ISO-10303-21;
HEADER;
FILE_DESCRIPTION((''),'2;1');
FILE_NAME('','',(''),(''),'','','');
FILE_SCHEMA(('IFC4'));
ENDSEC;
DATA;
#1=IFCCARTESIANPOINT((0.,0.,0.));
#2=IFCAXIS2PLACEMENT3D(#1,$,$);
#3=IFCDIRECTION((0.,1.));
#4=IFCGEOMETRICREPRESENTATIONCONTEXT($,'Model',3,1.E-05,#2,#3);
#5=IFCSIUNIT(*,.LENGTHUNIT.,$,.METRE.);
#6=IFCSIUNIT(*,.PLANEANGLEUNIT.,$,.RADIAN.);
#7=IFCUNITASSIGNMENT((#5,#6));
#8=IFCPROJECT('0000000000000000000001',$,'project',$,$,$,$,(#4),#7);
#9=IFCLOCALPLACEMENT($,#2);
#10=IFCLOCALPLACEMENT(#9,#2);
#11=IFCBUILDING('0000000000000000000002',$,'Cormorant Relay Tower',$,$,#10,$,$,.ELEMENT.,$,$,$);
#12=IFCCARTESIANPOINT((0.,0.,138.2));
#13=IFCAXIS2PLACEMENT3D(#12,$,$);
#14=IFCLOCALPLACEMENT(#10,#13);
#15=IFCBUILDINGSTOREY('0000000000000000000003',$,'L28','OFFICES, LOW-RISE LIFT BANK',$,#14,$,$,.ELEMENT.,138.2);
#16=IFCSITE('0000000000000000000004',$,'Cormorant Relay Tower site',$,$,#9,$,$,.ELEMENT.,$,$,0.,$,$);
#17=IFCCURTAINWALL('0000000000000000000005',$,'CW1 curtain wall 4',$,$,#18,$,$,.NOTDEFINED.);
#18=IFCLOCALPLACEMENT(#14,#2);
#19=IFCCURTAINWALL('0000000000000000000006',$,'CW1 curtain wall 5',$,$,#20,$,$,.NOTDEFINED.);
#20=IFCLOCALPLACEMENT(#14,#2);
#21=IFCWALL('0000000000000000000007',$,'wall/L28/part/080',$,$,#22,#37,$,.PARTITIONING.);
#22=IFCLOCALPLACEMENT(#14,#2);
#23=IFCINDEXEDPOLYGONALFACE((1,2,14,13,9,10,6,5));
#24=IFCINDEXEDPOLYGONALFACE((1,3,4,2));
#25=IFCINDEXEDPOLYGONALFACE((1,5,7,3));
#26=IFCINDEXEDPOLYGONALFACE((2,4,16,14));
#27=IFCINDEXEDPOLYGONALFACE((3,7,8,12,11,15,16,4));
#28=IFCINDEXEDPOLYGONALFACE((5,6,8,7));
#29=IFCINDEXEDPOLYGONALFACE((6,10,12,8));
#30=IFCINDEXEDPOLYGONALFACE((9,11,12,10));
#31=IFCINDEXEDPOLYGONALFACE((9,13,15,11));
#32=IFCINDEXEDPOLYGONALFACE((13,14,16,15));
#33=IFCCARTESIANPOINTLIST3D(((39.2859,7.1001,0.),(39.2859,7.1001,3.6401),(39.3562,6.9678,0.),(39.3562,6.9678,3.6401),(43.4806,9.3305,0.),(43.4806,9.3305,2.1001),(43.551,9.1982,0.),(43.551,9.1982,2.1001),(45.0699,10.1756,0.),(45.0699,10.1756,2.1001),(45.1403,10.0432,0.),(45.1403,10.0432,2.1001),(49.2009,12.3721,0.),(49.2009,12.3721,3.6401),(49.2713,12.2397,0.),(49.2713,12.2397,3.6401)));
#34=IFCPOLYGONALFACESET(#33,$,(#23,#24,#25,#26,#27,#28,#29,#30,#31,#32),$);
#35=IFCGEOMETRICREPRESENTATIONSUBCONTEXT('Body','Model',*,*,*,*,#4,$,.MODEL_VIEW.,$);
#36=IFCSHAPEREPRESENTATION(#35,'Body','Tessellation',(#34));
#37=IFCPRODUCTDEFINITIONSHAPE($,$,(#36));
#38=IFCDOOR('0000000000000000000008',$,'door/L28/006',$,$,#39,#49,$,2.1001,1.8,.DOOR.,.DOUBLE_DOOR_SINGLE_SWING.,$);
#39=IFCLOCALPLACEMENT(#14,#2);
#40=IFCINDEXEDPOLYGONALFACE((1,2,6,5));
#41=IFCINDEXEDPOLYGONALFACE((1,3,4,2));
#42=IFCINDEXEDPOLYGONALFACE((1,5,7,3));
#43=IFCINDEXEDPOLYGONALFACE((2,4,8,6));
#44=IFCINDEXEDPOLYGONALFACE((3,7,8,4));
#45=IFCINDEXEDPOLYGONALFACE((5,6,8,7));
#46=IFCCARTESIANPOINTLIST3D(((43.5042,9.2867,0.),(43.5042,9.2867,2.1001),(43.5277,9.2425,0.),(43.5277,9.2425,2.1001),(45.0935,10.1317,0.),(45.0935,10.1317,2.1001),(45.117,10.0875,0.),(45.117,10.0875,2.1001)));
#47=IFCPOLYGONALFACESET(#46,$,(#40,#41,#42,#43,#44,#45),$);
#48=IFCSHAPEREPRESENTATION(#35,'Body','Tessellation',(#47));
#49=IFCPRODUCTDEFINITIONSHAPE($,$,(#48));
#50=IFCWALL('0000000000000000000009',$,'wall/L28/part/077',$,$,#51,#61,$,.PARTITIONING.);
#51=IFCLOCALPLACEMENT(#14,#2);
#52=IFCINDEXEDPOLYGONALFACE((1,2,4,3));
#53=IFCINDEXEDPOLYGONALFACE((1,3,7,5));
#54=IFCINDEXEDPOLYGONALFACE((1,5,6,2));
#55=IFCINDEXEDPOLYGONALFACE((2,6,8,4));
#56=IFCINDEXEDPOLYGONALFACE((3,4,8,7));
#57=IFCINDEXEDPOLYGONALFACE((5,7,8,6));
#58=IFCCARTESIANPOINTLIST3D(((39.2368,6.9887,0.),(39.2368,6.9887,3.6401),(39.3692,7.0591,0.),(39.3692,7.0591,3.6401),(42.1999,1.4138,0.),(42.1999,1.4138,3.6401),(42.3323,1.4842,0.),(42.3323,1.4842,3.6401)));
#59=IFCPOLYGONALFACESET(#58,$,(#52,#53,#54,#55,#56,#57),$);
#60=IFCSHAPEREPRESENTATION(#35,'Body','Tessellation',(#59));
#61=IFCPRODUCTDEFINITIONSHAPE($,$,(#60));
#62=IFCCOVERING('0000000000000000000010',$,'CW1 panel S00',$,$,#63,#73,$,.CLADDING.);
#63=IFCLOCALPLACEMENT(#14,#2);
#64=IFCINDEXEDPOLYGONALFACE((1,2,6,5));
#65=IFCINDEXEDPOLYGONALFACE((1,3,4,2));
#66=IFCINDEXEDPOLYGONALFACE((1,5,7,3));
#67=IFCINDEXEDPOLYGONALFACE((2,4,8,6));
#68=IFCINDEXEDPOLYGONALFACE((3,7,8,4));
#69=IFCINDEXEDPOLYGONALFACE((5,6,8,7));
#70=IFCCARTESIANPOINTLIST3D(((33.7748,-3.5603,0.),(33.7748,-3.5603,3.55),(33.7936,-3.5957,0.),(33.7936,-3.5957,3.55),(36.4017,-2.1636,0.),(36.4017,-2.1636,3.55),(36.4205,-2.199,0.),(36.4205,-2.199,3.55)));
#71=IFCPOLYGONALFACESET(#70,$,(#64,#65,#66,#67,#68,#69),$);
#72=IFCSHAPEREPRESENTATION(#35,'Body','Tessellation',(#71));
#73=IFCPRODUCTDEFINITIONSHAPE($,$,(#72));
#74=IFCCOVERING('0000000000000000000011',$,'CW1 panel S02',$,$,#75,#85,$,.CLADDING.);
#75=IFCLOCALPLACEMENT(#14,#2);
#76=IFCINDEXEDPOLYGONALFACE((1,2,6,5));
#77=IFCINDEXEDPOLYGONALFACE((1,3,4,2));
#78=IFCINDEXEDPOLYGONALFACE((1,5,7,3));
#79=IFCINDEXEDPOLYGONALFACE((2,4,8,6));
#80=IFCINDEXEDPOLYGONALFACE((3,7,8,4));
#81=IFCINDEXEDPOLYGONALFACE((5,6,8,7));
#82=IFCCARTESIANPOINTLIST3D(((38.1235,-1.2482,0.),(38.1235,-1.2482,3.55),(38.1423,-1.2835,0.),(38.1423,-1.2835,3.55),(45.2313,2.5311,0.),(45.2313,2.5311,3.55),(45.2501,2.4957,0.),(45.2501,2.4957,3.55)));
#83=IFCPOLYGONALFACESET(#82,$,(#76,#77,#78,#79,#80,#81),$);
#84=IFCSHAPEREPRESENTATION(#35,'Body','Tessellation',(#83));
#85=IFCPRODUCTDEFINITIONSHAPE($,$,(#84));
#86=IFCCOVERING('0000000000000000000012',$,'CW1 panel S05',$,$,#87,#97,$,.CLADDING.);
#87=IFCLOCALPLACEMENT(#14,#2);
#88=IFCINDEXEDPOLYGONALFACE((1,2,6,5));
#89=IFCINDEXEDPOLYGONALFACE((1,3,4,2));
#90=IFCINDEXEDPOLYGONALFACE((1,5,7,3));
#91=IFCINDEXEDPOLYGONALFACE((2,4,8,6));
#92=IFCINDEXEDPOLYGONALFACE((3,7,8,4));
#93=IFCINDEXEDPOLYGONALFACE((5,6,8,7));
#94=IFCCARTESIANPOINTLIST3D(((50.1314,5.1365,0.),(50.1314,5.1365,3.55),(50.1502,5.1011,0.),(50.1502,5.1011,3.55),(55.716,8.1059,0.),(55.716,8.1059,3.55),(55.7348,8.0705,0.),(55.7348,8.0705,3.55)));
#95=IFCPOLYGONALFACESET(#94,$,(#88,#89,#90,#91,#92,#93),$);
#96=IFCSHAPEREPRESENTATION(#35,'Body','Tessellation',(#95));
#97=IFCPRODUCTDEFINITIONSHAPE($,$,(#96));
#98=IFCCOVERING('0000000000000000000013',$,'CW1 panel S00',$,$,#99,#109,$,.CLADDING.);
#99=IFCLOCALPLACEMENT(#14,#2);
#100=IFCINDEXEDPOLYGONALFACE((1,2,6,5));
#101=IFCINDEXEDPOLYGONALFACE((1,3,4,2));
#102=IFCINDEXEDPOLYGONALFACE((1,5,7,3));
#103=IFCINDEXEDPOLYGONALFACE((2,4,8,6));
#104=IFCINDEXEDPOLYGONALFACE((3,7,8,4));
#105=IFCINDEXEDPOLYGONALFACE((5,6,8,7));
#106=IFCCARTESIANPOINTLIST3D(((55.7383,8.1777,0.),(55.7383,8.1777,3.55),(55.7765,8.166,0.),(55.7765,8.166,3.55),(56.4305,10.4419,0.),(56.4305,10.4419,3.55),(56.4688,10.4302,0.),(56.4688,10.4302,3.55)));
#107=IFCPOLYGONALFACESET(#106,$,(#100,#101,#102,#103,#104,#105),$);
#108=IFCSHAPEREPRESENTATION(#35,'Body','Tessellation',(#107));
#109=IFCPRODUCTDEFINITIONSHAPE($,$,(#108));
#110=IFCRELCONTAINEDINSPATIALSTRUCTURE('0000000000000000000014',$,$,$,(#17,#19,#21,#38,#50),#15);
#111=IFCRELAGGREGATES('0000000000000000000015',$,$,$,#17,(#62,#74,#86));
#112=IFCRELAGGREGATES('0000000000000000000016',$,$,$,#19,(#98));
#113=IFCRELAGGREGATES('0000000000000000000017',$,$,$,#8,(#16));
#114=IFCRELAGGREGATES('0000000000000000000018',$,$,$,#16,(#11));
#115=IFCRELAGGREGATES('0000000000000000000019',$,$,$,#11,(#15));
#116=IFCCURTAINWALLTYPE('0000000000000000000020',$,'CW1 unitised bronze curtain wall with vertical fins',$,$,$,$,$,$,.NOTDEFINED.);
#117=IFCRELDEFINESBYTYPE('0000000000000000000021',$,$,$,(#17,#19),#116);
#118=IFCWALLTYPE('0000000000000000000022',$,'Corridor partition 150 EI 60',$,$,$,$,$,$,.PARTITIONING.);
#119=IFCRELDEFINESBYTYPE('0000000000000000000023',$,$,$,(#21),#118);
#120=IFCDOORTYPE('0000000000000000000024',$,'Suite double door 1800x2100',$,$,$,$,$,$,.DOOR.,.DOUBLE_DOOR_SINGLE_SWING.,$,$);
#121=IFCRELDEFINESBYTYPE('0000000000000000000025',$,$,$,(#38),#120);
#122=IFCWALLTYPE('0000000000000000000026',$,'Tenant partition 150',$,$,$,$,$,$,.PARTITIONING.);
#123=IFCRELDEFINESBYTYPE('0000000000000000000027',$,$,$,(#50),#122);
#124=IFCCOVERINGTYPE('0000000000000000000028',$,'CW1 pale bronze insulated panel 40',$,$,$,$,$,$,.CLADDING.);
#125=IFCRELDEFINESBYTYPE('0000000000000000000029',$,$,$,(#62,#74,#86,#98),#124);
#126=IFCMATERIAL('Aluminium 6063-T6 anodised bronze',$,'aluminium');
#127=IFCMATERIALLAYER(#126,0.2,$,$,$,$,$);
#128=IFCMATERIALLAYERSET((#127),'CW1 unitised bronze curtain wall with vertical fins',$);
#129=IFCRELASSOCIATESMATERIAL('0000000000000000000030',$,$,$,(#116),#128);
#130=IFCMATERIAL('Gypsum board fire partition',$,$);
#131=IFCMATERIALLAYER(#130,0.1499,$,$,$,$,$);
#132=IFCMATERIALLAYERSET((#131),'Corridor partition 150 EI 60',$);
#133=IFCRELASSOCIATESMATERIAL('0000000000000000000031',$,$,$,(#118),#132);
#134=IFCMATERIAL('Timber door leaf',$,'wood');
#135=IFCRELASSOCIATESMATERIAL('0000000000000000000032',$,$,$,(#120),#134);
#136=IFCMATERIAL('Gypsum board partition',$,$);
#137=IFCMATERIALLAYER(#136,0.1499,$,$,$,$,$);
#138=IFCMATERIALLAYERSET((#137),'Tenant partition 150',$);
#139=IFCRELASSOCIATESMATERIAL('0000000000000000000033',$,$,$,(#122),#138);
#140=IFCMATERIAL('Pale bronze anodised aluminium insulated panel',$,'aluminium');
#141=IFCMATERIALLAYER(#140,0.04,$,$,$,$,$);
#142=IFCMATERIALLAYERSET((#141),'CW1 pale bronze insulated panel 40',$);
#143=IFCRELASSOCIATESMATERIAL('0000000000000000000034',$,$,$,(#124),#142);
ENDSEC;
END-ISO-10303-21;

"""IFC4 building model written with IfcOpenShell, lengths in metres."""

from ifc_helpers import new_model, si_unit, direction, frame, frame_2d, origin, origin_2d, place, context, subcontext, project, spatial, rectangle, extrude, material, layer, layer_set, type_object, element, fill, aggregate, save


model = new_model("IFC4")

# Units and contexts
model_context = context("Model", 3, precision=1e-05, world=origin(), true_north=direction((0.0, 1.0)))
body_context = subcontext(model_context, "Body", "Model", "MODEL_VIEW")
ifc_project = project(units=[si_unit("LENGTHUNIT", "METRE"), si_unit("PLANEANGLEUNIT", "RADIAN")], contexts=[model_context])

# Site, building, storey
site_placement = place(None, origin())
site = spatial("IfcSite", under=ifc_project, at=site_placement, Name="Cormorant Relay Tower site", CompositionType="ELEMENT", RefElevation=0.0)
building_placement = place(site_placement, origin())
building = spatial("IfcBuilding", under=site, at=building_placement, Name="Cormorant Relay Tower", CompositionType="ELEMENT")
storey_placement = place(building_placement, frame((0.0, 0.0, 138.2)))
storey = spatial("IfcBuildingStorey", under=building, at=storey_placement, Name="L28", Description="OFFICES, LOW-RISE LIFT BANK", CompositionType="ELEMENT", Elevation=138.2)

# Shared definitions
ifc_material_1 = material(Name="Aluminium 6063-T6 anodised bronze", Category="aluminium")
ifc_layer_1 = layer(ifc_material_1, 0.2)
ifc_layer_set_1 = layer_set([ifc_layer_1], Name="CW1 unitised bronze curtain wall with vertical fins")
curtain_wall_type = type_object("IfcCurtainWallType", Name="CW1 unitised bronze curtain wall with vertical fins", PredefinedType="NOTDEFINED", material=ifc_layer_set_1)

# Curtain wall
curtain_wall_1_placement = place(storey_placement, origin())
curtain_wall_1 = element("IfcCurtainWall", 1, at=curtain_wall_1_placement, inside=storey, type_object=curtain_wall_type, Name="CW1 curtain wall 4", PredefinedType="NOTDEFINED")

# Curtain wall
curtain_wall_2_placement = place(storey_placement, origin())
curtain_wall_2 = element("IfcCurtainWall", 2, at=curtain_wall_2_placement, inside=storey, type_object=curtain_wall_type, Name="CW1 curtain wall 5", PredefinedType="NOTDEFINED")

# Shared definitions
ifc_material_2 = material(Name="Gypsum board fire partition")
ifc_layer_2 = layer(ifc_material_2, 0.1499)
ifc_layer_set_2 = layer_set([ifc_layer_2], Name="Corridor partition 150 EI 60")
wall_type_1 = type_object("IfcWallType", Name="Corridor partition 150 EI 60", PredefinedType="PARTITIONING", material=ifc_layer_set_2)

# Wall, opening, door
wall_1_placement = place(storey_placement, frame((39.321, 7.0339, 0.0), z_axis=(0.0, 0.0, 1.0), x_axis=(0.882946, 0.469475, 0.0)))
wall_1 = element("IfcWall", 3, at=wall_1_placement, inside=storey, type_object=wall_type_1, Name="wall/L28/part/080", PredefinedType="PARTITIONING", context=body_context, shape_type="SweptSolid", body=[
    extrude(rectangle(XDim=11.2295, YDim=0.1499, at=frame_2d((5.6147, 0.0))), origin(), (0.0, 0.0, 1.0), 3.6401),
])
opening_1_placement = place(wall_1_placement, frame((4.751, 0.0, 0.0)))
opening_1 = element("IfcOpeningElement", 4, at=opening_1_placement, cuts=wall_1, PredefinedType="OPENING", context=body_context, shape_type="SweptSolid", body=[
    extrude(rectangle(XDim=1.8, YDim=2.1001, at=frame_2d((0.8999, 1.05))), frame((0.0, 0.085, 0.0), z_axis=(0.0, -1.0, 0.0), x_axis=(1.0, 0.0, 0.0)), (0.0, 0.0, 1.0), 0.1699),
])
ifc_material_3 = material(Name="Timber door leaf", Category="wood")
door_type_1 = type_object("IfcDoorType", Name="Suite double door 1800x2100", OperationType="DOUBLE_DOOR_SINGLE_SWING", PredefinedType="DOOR", material=ifc_material_3)
door_1_placement = place(opening_1_placement, frame((1.8, 0.0, 0.0), z_axis=(0.0, 0.0, 1.0), x_axis=(-1.0, 0.0, 0.0)))
door_1 = element("IfcDoor", 5, at=door_1_placement, inside=storey, type_object=door_type_1, Name="door/L28/006", OperationType="DOUBLE_DOOR_SINGLE_SWING", OverallHeight=2.1001, OverallWidth=1.8, PredefinedType="DOOR", context=body_context, shape_type="SweptSolid", body=[
    extrude(rectangle(XDim=1.8, YDim=2.1001, at=frame_2d((0.8999, 1.05))), frame((0.0, 0.0249, 0.0), z_axis=(0.0, -1.0, 0.0), x_axis=(1.0, 0.0, 0.0)), (0.0, 0.0, 1.0), 0.05),
])
fill(opening_1, door_1)

# Wall
ifc_material_4 = material(Name="Gypsum board partition")
ifc_layer_3 = layer(ifc_material_4, 0.1499)
ifc_layer_set_3 = layer_set([ifc_layer_3], Name="Tenant partition 150")
wall_type_2 = type_object("IfcWallType", Name="Tenant partition 150", PredefinedType="PARTITIONING", material=ifc_layer_set_3)
wall_2_placement = place(storey_placement, frame((39.303, 7.0239, 0.0), z_axis=(0.0, 0.0, 1.0), x_axis=(0.469333, -0.883021, 0.0)))
element("IfcWall", 6, at=wall_2_placement, inside=storey, type_object=wall_type_2, Name="wall/L28/part/077", PredefinedType="PARTITIONING", context=body_context, shape_type="SweptSolid", body=[
    extrude(rectangle(XDim=6.3135, YDim=0.1499, at=frame_2d((3.1567, 0.0))), origin(), (0.0, 0.0, 1.0), 3.6401),
])

# Coverings
ifc_material_5 = material(Name="Pale bronze anodised aluminium insulated panel", Category="aluminium")
ifc_layer_4 = layer(ifc_material_5, 0.04)
ifc_layer_set_4 = layer_set([ifc_layer_4], Name="CW1 pale bronze insulated panel 40")
covering_type = type_object("IfcCoveringType", Name="CW1 pale bronze insulated panel 40", PredefinedType="CLADDING", material=ifc_layer_set_4)
covering_1_placement = place(storey_placement, frame((35.0977, -2.8796, 0.0), z_axis=(0.0, 0.0, 1.0), x_axis=(0.882948, 0.469472, 0.0)))
covering_1 = element("IfcCovering", 7, at=covering_1_placement, type_object=covering_type, Name="CW1 panel S00", PredefinedType="CLADDING", context=body_context, shape_type="SweptSolid", body=[
    extrude(rectangle(XDim=2.9751, YDim=0.04, at=origin_2d()), origin(), (0.0, 0.0, 1.0), 3.55),
])
covering_2_placement = place(storey_placement, frame((41.6868, 0.6238, 0.0), z_axis=(0.0, 0.0, 1.0), x_axis=(0.882948, 0.469472, 0.0)))
covering_2 = element("IfcCovering", 8, at=covering_2_placement, type_object=covering_type, Name="CW1 panel S02", PredefinedType="CLADDING", context=body_context, shape_type="SweptSolid", body=[
    extrude(rectangle(XDim=8.05, YDim=0.04, at=origin_2d()), origin(), (0.0, 0.0, 1.0), 3.55),
])
covering_3_placement = place(storey_placement, frame((52.9331, 6.6035, 0.0), z_axis=(0.0, 0.0, 1.0), x_axis=(0.882948, 0.469472, 0.0)))
covering_3 = element("IfcCovering", 9, at=covering_3_placement, type_object=covering_type, Name="CW1 panel S05", PredefinedType="CLADDING", context=body_context, shape_type="SweptSolid", body=[
    extrude(rectangle(XDim=6.325, YDim=0.04, at=origin_2d()), origin(), (0.0, 0.0, 1.0), 3.55),
])
aggregate(curtain_wall_1, [covering_1, covering_2, covering_3])
covering_4_placement = place(storey_placement, frame((56.1035, 9.304, 0.0), z_axis=(0.0, 0.0, 1.0), x_axis=(0.292372, 0.956305, 0.0)))
covering_4 = element("IfcCovering", 10, at=covering_4_placement, type_object=covering_type, Name="CW1 panel S00", PredefinedType="CLADDING", context=body_context, shape_type="SweptSolid", body=[
    extrude(rectangle(XDim=2.3677, YDim=0.04, at=origin_2d()), origin(), (0.0, 0.0, 1.0), 3.55),
])
aggregate(curtain_wall_2, [covering_4])

save(model, "model.ifc")
